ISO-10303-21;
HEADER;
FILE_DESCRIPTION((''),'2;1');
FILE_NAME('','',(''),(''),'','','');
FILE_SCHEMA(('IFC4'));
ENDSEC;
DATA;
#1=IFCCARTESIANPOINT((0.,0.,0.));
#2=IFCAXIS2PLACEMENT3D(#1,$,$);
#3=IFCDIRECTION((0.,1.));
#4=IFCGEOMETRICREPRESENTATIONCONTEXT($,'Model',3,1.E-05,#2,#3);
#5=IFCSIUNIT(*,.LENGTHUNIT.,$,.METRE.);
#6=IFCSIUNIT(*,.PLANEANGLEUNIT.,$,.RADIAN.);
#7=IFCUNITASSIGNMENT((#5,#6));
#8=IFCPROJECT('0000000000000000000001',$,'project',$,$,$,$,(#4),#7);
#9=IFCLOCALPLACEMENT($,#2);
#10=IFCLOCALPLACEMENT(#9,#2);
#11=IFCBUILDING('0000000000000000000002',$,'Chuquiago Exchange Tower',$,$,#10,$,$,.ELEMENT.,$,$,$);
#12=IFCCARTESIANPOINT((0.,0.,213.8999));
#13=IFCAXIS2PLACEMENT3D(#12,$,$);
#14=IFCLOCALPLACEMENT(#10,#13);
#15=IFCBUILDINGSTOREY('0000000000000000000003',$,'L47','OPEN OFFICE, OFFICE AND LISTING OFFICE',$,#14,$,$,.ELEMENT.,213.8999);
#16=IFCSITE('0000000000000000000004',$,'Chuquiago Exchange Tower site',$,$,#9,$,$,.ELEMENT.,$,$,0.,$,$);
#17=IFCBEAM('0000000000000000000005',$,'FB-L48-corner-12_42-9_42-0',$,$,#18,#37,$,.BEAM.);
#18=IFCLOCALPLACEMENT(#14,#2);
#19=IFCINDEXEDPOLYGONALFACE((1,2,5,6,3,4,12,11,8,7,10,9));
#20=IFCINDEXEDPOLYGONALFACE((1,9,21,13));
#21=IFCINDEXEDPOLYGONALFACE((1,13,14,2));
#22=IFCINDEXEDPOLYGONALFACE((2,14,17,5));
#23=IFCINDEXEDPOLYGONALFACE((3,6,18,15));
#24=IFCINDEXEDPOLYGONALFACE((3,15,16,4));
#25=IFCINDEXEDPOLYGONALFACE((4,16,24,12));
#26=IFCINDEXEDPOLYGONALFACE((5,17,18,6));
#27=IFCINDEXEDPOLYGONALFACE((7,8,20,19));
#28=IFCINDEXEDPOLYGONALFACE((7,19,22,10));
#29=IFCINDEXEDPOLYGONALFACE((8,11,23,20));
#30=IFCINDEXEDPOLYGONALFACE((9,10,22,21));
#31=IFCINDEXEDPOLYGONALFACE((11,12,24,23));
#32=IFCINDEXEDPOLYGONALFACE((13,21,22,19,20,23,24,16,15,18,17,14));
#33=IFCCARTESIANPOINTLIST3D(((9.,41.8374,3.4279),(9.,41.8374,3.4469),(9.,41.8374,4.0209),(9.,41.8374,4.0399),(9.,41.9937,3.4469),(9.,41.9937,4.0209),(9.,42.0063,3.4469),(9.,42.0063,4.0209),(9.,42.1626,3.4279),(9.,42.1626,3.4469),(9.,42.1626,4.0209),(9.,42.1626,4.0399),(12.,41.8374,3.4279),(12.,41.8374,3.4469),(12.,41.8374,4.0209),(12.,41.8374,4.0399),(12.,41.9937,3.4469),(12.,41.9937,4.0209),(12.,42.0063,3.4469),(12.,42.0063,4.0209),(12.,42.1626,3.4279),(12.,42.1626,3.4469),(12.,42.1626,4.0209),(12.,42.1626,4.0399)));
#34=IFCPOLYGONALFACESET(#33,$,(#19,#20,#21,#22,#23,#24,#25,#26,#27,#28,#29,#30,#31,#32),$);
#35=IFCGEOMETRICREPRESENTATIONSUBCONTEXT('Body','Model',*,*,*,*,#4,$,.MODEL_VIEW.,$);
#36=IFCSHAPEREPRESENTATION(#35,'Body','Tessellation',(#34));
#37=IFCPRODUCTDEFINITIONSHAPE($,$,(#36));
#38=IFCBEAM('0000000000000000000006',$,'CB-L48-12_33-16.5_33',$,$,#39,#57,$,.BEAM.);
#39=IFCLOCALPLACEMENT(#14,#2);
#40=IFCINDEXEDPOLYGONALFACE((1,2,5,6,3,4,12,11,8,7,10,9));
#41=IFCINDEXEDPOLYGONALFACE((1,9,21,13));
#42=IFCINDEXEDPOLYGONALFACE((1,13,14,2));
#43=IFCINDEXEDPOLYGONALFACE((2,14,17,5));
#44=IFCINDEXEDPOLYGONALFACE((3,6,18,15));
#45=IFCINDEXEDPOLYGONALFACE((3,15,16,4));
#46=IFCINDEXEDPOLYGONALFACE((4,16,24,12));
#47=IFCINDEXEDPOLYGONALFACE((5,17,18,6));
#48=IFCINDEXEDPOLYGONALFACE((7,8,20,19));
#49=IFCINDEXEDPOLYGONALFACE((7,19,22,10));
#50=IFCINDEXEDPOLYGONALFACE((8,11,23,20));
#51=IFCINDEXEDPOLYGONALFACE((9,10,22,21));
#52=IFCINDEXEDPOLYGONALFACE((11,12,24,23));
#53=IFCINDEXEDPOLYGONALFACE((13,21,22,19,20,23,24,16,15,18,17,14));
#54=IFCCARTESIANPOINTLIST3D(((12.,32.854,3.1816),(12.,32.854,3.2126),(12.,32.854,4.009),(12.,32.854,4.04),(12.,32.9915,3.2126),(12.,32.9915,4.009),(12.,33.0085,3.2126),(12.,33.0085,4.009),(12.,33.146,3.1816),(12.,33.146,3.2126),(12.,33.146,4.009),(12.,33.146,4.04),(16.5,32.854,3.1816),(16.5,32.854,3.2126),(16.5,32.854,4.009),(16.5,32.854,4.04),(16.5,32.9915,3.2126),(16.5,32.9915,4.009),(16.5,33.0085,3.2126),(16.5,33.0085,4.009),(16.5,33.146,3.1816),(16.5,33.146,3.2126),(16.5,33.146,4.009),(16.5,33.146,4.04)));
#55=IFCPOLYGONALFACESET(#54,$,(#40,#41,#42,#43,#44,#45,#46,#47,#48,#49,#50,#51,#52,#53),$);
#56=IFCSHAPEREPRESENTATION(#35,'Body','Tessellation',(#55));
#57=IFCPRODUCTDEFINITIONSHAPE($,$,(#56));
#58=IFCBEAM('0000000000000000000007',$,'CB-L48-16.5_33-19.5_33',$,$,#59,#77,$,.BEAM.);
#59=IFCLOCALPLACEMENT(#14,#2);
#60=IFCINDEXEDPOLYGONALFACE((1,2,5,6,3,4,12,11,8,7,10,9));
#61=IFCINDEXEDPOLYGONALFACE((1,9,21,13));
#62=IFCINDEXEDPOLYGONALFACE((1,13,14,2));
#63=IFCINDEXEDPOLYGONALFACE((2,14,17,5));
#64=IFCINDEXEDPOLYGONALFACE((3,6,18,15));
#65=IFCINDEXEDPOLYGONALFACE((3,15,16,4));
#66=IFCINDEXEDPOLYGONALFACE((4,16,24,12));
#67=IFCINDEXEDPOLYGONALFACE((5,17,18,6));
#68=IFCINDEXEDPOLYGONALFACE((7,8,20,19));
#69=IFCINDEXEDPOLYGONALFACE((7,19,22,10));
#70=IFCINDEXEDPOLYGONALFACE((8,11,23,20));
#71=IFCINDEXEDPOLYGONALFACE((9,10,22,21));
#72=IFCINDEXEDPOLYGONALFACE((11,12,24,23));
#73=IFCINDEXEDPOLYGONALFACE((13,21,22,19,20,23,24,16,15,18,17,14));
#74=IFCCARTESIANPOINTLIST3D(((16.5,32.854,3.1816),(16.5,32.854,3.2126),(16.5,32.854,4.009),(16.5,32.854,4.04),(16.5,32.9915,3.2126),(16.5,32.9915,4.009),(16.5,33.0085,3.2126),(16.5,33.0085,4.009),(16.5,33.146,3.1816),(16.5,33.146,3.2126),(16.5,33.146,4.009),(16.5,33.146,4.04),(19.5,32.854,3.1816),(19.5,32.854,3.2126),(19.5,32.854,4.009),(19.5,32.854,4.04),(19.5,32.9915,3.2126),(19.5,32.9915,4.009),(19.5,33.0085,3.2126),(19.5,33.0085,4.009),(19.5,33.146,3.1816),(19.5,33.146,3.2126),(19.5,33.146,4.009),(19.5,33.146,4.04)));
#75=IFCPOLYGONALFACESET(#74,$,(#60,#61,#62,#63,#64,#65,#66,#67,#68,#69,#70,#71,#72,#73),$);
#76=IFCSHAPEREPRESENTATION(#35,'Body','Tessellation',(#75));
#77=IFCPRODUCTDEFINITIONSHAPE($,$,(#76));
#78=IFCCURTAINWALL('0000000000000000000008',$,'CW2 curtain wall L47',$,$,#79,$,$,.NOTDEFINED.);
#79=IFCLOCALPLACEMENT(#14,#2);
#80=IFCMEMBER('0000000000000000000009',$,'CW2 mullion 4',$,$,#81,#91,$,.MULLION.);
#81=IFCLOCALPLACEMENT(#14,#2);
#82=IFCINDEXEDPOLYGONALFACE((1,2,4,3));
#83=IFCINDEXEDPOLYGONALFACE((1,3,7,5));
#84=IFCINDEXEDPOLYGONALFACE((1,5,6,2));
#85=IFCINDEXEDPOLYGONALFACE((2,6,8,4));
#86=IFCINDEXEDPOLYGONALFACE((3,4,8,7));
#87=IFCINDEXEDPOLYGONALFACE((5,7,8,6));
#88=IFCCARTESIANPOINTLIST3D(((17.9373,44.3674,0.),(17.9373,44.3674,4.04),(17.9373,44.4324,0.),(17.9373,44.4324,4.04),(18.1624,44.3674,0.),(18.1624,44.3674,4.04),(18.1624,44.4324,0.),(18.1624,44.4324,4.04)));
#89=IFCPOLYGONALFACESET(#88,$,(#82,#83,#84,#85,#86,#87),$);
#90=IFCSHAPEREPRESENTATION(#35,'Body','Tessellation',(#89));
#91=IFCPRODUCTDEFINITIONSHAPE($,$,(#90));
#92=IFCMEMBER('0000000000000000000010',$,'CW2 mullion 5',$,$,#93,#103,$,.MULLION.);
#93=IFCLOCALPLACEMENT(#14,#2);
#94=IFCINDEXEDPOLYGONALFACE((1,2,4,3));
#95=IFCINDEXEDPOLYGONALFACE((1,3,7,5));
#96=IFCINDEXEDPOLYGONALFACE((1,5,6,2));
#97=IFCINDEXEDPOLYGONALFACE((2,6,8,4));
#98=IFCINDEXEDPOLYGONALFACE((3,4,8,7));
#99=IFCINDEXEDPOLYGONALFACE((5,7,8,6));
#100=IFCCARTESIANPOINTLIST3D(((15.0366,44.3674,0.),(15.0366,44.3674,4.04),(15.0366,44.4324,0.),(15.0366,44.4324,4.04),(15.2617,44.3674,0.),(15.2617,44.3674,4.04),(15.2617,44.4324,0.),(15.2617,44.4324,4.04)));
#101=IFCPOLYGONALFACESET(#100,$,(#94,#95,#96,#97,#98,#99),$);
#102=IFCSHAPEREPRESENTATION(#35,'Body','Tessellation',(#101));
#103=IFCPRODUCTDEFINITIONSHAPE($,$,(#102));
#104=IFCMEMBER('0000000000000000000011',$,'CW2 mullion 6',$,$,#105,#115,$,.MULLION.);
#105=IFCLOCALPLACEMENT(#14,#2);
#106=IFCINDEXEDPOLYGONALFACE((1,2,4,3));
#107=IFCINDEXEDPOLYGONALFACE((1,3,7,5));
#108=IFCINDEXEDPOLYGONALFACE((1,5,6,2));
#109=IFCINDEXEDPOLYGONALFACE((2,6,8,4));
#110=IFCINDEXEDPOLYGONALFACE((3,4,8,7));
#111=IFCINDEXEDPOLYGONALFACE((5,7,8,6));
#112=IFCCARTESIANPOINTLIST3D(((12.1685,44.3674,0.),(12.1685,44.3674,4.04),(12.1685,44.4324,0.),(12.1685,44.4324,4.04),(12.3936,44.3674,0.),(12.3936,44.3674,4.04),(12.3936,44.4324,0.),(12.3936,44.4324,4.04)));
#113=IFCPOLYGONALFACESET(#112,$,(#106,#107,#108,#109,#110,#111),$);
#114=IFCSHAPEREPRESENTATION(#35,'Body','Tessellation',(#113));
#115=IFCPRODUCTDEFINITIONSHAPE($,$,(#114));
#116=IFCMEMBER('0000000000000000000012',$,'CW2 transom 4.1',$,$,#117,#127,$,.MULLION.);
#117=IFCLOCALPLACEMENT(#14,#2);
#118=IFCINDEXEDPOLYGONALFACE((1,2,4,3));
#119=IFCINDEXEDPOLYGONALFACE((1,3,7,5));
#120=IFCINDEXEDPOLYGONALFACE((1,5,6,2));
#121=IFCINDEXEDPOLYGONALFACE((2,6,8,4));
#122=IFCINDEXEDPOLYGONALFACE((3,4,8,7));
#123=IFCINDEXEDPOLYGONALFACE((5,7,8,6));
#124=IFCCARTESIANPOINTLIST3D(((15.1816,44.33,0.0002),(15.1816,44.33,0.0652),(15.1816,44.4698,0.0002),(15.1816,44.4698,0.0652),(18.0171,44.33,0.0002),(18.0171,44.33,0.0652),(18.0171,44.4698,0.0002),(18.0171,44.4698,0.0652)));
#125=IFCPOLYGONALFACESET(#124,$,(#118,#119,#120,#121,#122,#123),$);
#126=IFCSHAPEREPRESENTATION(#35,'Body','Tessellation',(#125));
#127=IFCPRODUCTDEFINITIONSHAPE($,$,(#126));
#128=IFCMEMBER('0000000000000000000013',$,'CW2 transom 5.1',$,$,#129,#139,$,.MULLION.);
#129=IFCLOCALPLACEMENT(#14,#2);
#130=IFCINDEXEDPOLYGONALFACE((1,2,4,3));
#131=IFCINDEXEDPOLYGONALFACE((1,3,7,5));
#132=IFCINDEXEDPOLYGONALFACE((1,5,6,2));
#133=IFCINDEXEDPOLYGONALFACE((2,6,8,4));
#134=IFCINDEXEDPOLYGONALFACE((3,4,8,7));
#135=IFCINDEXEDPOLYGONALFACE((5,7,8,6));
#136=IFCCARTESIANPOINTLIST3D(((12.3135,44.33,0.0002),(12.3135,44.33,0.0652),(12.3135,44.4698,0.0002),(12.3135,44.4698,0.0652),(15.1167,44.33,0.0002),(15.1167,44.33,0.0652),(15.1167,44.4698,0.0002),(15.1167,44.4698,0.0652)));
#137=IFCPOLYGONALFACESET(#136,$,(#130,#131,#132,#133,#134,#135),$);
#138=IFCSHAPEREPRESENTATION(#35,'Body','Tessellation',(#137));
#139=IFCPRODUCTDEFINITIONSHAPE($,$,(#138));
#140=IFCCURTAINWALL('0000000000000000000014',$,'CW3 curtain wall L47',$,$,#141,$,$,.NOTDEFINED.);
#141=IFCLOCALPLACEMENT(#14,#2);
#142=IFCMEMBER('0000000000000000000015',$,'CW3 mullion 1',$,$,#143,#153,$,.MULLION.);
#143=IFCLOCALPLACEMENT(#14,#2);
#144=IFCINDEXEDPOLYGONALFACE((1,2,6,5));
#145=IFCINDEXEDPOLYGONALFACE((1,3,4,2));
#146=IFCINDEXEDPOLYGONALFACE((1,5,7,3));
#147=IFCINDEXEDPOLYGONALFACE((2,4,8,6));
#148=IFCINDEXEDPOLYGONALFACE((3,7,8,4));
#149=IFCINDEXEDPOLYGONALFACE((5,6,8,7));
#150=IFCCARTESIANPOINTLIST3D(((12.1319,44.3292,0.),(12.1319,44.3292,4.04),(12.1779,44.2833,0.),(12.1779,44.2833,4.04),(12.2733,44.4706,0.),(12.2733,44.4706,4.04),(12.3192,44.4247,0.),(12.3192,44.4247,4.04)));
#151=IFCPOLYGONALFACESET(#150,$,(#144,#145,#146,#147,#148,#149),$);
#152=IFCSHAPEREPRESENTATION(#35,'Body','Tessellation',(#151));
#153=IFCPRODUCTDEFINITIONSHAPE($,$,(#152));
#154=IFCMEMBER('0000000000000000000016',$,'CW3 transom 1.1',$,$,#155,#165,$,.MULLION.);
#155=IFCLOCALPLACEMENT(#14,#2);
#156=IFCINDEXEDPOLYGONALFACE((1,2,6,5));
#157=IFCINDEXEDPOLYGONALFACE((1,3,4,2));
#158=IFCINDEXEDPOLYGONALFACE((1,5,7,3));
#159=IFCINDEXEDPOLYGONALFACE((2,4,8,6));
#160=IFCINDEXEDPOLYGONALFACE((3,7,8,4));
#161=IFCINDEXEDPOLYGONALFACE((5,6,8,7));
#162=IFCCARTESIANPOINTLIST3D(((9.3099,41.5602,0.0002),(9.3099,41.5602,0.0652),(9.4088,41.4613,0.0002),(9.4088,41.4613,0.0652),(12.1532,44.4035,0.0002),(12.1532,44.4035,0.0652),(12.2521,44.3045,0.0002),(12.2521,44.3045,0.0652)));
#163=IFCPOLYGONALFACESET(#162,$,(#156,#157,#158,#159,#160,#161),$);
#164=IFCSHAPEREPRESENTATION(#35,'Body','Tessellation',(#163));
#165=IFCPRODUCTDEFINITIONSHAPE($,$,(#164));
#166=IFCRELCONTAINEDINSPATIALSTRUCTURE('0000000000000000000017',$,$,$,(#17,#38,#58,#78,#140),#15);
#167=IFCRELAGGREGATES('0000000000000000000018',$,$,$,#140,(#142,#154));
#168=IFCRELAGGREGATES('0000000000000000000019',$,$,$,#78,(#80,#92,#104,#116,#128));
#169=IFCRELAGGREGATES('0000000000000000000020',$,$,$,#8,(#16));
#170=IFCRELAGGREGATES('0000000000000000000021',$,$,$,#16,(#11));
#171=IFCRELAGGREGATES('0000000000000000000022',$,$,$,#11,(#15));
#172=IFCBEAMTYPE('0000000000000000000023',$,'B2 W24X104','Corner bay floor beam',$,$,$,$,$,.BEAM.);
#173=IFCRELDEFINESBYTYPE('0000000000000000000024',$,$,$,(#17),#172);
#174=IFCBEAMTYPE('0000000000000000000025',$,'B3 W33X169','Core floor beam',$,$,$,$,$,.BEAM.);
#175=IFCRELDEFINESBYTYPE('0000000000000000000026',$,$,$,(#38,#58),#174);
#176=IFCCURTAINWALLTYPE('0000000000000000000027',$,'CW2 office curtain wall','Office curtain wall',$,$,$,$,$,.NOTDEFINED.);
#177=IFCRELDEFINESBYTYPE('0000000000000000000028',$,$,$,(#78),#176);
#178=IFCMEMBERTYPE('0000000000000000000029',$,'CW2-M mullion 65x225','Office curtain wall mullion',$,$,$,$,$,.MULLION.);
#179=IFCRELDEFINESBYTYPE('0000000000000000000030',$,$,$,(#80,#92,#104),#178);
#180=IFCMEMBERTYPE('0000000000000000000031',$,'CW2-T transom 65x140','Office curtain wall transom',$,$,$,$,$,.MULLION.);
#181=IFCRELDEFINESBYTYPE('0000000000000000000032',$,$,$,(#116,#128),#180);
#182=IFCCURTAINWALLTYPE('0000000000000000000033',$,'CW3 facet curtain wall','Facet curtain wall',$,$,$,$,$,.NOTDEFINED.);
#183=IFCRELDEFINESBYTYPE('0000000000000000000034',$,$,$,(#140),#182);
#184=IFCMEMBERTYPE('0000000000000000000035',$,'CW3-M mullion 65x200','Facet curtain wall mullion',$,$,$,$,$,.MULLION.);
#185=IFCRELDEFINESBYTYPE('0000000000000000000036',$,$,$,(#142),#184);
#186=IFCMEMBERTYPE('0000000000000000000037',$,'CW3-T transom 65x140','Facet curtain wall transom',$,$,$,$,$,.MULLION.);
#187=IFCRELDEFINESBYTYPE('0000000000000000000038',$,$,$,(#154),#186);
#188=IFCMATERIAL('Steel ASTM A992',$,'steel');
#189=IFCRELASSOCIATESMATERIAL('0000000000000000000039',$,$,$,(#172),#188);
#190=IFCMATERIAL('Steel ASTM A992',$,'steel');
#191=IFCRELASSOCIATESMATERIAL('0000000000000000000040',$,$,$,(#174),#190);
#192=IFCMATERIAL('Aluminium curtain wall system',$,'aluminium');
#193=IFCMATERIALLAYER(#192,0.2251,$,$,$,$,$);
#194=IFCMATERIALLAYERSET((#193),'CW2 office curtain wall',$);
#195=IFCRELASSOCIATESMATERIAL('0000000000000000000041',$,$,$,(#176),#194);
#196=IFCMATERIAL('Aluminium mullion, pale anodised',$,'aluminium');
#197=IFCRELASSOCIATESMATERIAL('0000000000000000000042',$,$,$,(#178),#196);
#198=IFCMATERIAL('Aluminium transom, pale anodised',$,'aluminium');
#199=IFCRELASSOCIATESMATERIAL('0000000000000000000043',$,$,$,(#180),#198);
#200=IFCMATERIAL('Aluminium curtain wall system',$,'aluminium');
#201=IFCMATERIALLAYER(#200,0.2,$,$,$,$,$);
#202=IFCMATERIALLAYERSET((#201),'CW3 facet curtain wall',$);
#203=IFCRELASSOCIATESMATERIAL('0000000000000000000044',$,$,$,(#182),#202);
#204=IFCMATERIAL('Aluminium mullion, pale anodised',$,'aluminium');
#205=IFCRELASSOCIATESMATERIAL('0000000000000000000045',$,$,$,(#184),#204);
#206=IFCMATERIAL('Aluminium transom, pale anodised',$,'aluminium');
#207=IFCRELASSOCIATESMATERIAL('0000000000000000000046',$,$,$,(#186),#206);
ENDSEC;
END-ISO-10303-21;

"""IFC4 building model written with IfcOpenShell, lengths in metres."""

from ifc_helpers import new_model, si_unit, direction, frame, origin, origin_2d, place, context, subcontext, project, spatial, rectangle, i_section, extrude, material, layer, layer_set, material_profile, profile_set, type_object, element, aggregate, save


model = new_model("IFC4")

# Units and contexts
model_context = context("Model", 3, precision=1e-05, world=origin(), true_north=direction((0.0, 1.0)))
body_context = subcontext(model_context, "Body", "Model", "MODEL_VIEW")
ifc_project = project(units=[si_unit("LENGTHUNIT", "METRE"), si_unit("PLANEANGLEUNIT", "RADIAN")], contexts=[model_context])

# Site, building, storey
site_placement = place(None, origin())
site = spatial("IfcSite", under=ifc_project, at=site_placement, Name="Chuquiago Exchange Tower site", CompositionType="ELEMENT", RefElevation=0.0)
building_placement = place(site_placement, origin())
building = spatial("IfcBuilding", under=site, at=building_placement, Name="Chuquiago Exchange Tower", CompositionType="ELEMENT")
storey_placement = place(building_placement, frame((0.0, 0.0, 213.8999)))
storey = spatial("IfcBuildingStorey", under=building, at=storey_placement, Name="L47", Description="OPEN OFFICE, OFFICE AND LISTING OFFICE", CompositionType="ELEMENT", Elevation=213.8999)

# Beams
ifc_material_1 = material(Name="Steel ASTM A992", Category="steel")
ifc_material_profile_1 = material_profile(ifc_material_1, i_section(OverallWidth=0.3252, OverallDepth=0.6121, WebThickness=0.0127, FlangeThickness=0.019, at=origin_2d()), Name="W24X104")
ifc_profile_set_1 = profile_set([ifc_material_profile_1], Name="Steel ASTM A992")
beam_type_1 = type_object("IfcBeamType", Name="B2 W24X104", Description="Corner bay floor beam", PredefinedType="BEAM", material=ifc_profile_set_1)
beam_1_placement = place(storey_placement, frame((12.0, 42.0, 3.7339), z_axis=(-1.0, 0.0, 0.0), x_axis=(0.0, -1.0, 0.0)))
element("IfcBeam", 1, at=beam_1_placement, inside=storey, type_object=beam_type_1, Name="FB-L48-corner-12_42-9_42-0", PredefinedType="BEAM", context=body_context, shape_type="SweptSolid", body=[
    extrude(i_section(OverallWidth=0.3252, OverallDepth=0.6121, WebThickness=0.0127, FlangeThickness=0.019, at=origin_2d()), origin(), (0.0, 0.0, 1.0), 3.0),
])
ifc_material_2 = material(Name="Steel ASTM A992", Category="steel")
ifc_material_profile_2 = material_profile(ifc_material_2, i_section(OverallWidth=0.292, OverallDepth=0.8584, WebThickness=0.0171, FlangeThickness=0.031, at=origin_2d()), Name="W33X169")
ifc_profile_set_2 = profile_set([ifc_material_profile_2], Name="Steel ASTM A992")
beam_type_2 = type_object("IfcBeamType", Name="B3 W33X169", Description="Core floor beam", PredefinedType="BEAM", material=ifc_profile_set_2)
beam_2_placement = place(storey_placement, frame((12.0, 33.0, 3.6108), z_axis=(1.0, 0.0, 0.0), x_axis=(0.0, 1.0, 0.0)))
element("IfcBeam", 2, at=beam_2_placement, inside=storey, type_object=beam_type_2, Name="CB-L48-12_33-16.5_33", PredefinedType="BEAM", context=body_context, shape_type="SweptSolid", body=[
    extrude(i_section(OverallWidth=0.292, OverallDepth=0.8584, WebThickness=0.0171, FlangeThickness=0.031, at=origin_2d()), origin(), (0.0, 0.0, 1.0), 4.5),
])
beam_3_placement = place(storey_placement, frame((16.5, 33.0, 3.6108), z_axis=(1.0, 0.0, 0.0), x_axis=(0.0, 1.0, 0.0)))
element("IfcBeam", 3, at=beam_3_placement, inside=storey, type_object=beam_type_2, Name="CB-L48-16.5_33-19.5_33", PredefinedType="BEAM", context=body_context, shape_type="SweptSolid", body=[
    extrude(i_section(OverallWidth=0.292, OverallDepth=0.8584, WebThickness=0.0171, FlangeThickness=0.031, at=origin_2d()), origin(), (0.0, 0.0, 1.0), 3.0),
])

# Curtain walls, members
ifc_material_3 = material(Name="Aluminium curtain wall system", Category="aluminium")
ifc_layer_1 = layer(ifc_material_3, 0.2251)
ifc_layer_set_1 = layer_set([ifc_layer_1], Name="CW2 office curtain wall")
curtain_wall_type_1 = type_object("IfcCurtainWallType", Name="CW2 office curtain wall", Description="Office curtain wall", PredefinedType="NOTDEFINED", material=ifc_layer_set_1)
curtain_wall_1_placement = place(storey_placement, origin())
curtain_wall_1 = element("IfcCurtainWall", 4, at=curtain_wall_1_placement, inside=storey, type_object=curtain_wall_type_1, Name="CW2 curtain wall L47", PredefinedType="NOTDEFINED")
ifc_material_4 = material(Name="Aluminium mullion, pale anodised", Category="aluminium")
ifc_material_profile_3 = material_profile(ifc_material_4, rectangle(XDim=0.0649, YDim=0.2251, at=origin_2d()), Name="AL 65x225")
ifc_profile_set_3 = profile_set([ifc_material_profile_3], Name="Aluminium mullion, pale anodised")
member_type_1 = type_object("IfcMemberType", Name="CW2-M mullion 65x225", Description="Office curtain wall mullion", PredefinedType="MULLION", material=ifc_profile_set_3)
member_1_placement = place(storey_placement, frame((18.0498, 44.3999, 0.0), z_axis=(0.0, 0.0, 1.0), x_axis=(0.0, -1.0, 0.0)))
member_1 = element("IfcMember", 5, at=member_1_placement, type_object=member_type_1, Name="CW2 mullion 4", PredefinedType="MULLION", context=body_context, shape_type="SweptSolid", body=[
    extrude(rectangle(XDim=0.0649, YDim=0.2251, at=origin_2d()), origin(), (0.0, 0.0, 1.0), 4.04),
])
member_2_placement = place(storey_placement, frame((15.1492, 44.3999, 0.0), z_axis=(0.0, 0.0, 1.0), x_axis=(0.0, -1.0, 0.0)))
member_2 = element("IfcMember", 6, at=member_2_placement, type_object=member_type_1, Name="CW2 mullion 5", PredefinedType="MULLION", context=body_context, shape_type="SweptSolid", body=[
    extrude(rectangle(XDim=0.0649, YDim=0.2251, at=origin_2d()), origin(), (0.0, 0.0, 1.0), 4.04),
])
member_3_placement = place(storey_placement, frame((12.281, 44.3999, 0.0), z_axis=(0.0, 0.0, 1.0), x_axis=(0.0, -1.0, 0.0)))
member_3 = element("IfcMember", 7, at=member_3_placement, type_object=member_type_1, Name="CW2 mullion 6", PredefinedType="MULLION", context=body_context, shape_type="SweptSolid", body=[
    extrude(rectangle(XDim=0.0649, YDim=0.2251, at=origin_2d()), origin(), (0.0, 0.0, 1.0), 4.04),
])
ifc_material_5 = material(Name="Aluminium transom, pale anodised", Category="aluminium")
ifc_material_profile_4 = material_profile(ifc_material_5, rectangle(XDim=0.1399, YDim=0.0649, at=origin_2d()), Name="AL 140x65")
ifc_profile_set_4 = profile_set([ifc_material_profile_4], Name="Aluminium transom, pale anodised")
member_type_2 = type_object("IfcMemberType", Name="CW2-T transom 65x140", Description="Office curtain wall transom", PredefinedType="MULLION", material=ifc_profile_set_4)
member_4_placement = place(storey_placement, frame((18.0171, 44.3999, 0.0327), z_axis=(-1.0, 0.0, 0.0), x_axis=(0.0, -1.0, 0.0)))
member_4 = element("IfcMember", 8, at=member_4_placement, type_object=member_type_2, Name="CW2 transom 4.1", PredefinedType="MULLION", context=body_context, shape_type="SweptSolid", body=[
    extrude(rectangle(XDim=0.1399, YDim=0.0649, at=origin_2d()), origin(), (0.0, 0.0, 1.0), 2.8354),
])
member_5_placement = place(storey_placement, frame((15.1167, 44.3999, 0.0327), z_axis=(-1.0, 0.0, 0.0), x_axis=(0.0, -1.0, 0.0)))
member_5 = element("IfcMember", 9, at=member_5_placement, type_object=member_type_2, Name="CW2 transom 5.1", PredefinedType="MULLION", context=body_context, shape_type="SweptSolid", body=[
    extrude(rectangle(XDim=0.1399, YDim=0.0649, at=origin_2d()), origin(), (0.0, 0.0, 1.0), 2.8032),
])
ifc_material_6 = material(Name="Aluminium curtain wall system", Category="aluminium")
ifc_layer_2 = layer(ifc_material_6, 0.2)
ifc_layer_set_2 = layer_set([ifc_layer_2], Name="CW3 facet curtain wall")
curtain_wall_type_2 = type_object("IfcCurtainWallType", Name="CW3 facet curtain wall", Description="Facet curtain wall", PredefinedType="NOTDEFINED", material=ifc_layer_set_2)
curtain_wall_2_placement = place(storey_placement, origin())
curtain_wall_2 = element("IfcCurtainWall", 10, at=curtain_wall_2_placement, inside=storey, type_object=curtain_wall_type_2, Name="CW3 curtain wall L47", PredefinedType="NOTDEFINED")
ifc_material_7 = material(Name="Aluminium mullion, pale anodised", Category="aluminium")
ifc_material_profile_5 = material_profile(ifc_material_7, rectangle(XDim=0.0649, YDim=0.2, at=origin_2d()), Name="AL 65x200")
ifc_profile_set_5 = profile_set([ifc_material_profile_5], Name="Aluminium mullion, pale anodised")
member_type_3 = type_object("IfcMemberType", Name="CW3-M mullion 65x200", Description="Facet curtain wall mullion", PredefinedType="MULLION", material=ifc_profile_set_5)
member_6_placement = place(storey_placement, frame((12.2256, 44.377, 0.0), z_axis=(0.0, 0.0, 1.0), x_axis=(0.707107, -0.707107, 0.0)))
member_6 = element("IfcMember", 11, at=member_6_placement, type_object=member_type_3, Name="CW3 mullion 1", PredefinedType="MULLION", context=body_context, shape_type="SweptSolid", body=[
    extrude(rectangle(XDim=0.0649, YDim=0.2, at=origin_2d()), origin(), (0.0, 0.0, 1.0), 4.04),
])
ifc_material_8 = material(Name="Aluminium transom, pale anodised", Category="aluminium")
ifc_material_profile_6 = material_profile(ifc_material_8, rectangle(XDim=0.1399, YDim=0.0649, at=origin_2d()), Name="AL 140x65")
ifc_profile_set_6 = profile_set([ifc_material_profile_6], Name="Aluminium transom, pale anodised")
member_type_4 = type_object("IfcMemberType", Name="CW3-T transom 65x140", Description="Facet curtain wall transom", PredefinedType="MULLION", material=ifc_profile_set_6)
member_7_placement = place(storey_placement, frame((12.2026, 44.354, 0.0327), z_axis=(-0.707107, -0.707107, 0.0), x_axis=(0.707107, -0.707107, 0.0)))
member_7 = element("IfcMember", 12, at=member_7_placement, type_object=member_type_4, Name="CW3 transom 1.1", PredefinedType="MULLION", context=body_context, shape_type="SweptSolid", body=[
    extrude(rectangle(XDim=0.1399, YDim=0.0649, at=origin_2d()), origin(), (0.0, 0.0, 1.0), 4.021),
])
aggregate(curtain_wall_2, [member_6, member_7])

aggregate(curtain_wall_1, [member_1, member_2, member_3, member_4, member_5])

save(model, "model.ifc")
